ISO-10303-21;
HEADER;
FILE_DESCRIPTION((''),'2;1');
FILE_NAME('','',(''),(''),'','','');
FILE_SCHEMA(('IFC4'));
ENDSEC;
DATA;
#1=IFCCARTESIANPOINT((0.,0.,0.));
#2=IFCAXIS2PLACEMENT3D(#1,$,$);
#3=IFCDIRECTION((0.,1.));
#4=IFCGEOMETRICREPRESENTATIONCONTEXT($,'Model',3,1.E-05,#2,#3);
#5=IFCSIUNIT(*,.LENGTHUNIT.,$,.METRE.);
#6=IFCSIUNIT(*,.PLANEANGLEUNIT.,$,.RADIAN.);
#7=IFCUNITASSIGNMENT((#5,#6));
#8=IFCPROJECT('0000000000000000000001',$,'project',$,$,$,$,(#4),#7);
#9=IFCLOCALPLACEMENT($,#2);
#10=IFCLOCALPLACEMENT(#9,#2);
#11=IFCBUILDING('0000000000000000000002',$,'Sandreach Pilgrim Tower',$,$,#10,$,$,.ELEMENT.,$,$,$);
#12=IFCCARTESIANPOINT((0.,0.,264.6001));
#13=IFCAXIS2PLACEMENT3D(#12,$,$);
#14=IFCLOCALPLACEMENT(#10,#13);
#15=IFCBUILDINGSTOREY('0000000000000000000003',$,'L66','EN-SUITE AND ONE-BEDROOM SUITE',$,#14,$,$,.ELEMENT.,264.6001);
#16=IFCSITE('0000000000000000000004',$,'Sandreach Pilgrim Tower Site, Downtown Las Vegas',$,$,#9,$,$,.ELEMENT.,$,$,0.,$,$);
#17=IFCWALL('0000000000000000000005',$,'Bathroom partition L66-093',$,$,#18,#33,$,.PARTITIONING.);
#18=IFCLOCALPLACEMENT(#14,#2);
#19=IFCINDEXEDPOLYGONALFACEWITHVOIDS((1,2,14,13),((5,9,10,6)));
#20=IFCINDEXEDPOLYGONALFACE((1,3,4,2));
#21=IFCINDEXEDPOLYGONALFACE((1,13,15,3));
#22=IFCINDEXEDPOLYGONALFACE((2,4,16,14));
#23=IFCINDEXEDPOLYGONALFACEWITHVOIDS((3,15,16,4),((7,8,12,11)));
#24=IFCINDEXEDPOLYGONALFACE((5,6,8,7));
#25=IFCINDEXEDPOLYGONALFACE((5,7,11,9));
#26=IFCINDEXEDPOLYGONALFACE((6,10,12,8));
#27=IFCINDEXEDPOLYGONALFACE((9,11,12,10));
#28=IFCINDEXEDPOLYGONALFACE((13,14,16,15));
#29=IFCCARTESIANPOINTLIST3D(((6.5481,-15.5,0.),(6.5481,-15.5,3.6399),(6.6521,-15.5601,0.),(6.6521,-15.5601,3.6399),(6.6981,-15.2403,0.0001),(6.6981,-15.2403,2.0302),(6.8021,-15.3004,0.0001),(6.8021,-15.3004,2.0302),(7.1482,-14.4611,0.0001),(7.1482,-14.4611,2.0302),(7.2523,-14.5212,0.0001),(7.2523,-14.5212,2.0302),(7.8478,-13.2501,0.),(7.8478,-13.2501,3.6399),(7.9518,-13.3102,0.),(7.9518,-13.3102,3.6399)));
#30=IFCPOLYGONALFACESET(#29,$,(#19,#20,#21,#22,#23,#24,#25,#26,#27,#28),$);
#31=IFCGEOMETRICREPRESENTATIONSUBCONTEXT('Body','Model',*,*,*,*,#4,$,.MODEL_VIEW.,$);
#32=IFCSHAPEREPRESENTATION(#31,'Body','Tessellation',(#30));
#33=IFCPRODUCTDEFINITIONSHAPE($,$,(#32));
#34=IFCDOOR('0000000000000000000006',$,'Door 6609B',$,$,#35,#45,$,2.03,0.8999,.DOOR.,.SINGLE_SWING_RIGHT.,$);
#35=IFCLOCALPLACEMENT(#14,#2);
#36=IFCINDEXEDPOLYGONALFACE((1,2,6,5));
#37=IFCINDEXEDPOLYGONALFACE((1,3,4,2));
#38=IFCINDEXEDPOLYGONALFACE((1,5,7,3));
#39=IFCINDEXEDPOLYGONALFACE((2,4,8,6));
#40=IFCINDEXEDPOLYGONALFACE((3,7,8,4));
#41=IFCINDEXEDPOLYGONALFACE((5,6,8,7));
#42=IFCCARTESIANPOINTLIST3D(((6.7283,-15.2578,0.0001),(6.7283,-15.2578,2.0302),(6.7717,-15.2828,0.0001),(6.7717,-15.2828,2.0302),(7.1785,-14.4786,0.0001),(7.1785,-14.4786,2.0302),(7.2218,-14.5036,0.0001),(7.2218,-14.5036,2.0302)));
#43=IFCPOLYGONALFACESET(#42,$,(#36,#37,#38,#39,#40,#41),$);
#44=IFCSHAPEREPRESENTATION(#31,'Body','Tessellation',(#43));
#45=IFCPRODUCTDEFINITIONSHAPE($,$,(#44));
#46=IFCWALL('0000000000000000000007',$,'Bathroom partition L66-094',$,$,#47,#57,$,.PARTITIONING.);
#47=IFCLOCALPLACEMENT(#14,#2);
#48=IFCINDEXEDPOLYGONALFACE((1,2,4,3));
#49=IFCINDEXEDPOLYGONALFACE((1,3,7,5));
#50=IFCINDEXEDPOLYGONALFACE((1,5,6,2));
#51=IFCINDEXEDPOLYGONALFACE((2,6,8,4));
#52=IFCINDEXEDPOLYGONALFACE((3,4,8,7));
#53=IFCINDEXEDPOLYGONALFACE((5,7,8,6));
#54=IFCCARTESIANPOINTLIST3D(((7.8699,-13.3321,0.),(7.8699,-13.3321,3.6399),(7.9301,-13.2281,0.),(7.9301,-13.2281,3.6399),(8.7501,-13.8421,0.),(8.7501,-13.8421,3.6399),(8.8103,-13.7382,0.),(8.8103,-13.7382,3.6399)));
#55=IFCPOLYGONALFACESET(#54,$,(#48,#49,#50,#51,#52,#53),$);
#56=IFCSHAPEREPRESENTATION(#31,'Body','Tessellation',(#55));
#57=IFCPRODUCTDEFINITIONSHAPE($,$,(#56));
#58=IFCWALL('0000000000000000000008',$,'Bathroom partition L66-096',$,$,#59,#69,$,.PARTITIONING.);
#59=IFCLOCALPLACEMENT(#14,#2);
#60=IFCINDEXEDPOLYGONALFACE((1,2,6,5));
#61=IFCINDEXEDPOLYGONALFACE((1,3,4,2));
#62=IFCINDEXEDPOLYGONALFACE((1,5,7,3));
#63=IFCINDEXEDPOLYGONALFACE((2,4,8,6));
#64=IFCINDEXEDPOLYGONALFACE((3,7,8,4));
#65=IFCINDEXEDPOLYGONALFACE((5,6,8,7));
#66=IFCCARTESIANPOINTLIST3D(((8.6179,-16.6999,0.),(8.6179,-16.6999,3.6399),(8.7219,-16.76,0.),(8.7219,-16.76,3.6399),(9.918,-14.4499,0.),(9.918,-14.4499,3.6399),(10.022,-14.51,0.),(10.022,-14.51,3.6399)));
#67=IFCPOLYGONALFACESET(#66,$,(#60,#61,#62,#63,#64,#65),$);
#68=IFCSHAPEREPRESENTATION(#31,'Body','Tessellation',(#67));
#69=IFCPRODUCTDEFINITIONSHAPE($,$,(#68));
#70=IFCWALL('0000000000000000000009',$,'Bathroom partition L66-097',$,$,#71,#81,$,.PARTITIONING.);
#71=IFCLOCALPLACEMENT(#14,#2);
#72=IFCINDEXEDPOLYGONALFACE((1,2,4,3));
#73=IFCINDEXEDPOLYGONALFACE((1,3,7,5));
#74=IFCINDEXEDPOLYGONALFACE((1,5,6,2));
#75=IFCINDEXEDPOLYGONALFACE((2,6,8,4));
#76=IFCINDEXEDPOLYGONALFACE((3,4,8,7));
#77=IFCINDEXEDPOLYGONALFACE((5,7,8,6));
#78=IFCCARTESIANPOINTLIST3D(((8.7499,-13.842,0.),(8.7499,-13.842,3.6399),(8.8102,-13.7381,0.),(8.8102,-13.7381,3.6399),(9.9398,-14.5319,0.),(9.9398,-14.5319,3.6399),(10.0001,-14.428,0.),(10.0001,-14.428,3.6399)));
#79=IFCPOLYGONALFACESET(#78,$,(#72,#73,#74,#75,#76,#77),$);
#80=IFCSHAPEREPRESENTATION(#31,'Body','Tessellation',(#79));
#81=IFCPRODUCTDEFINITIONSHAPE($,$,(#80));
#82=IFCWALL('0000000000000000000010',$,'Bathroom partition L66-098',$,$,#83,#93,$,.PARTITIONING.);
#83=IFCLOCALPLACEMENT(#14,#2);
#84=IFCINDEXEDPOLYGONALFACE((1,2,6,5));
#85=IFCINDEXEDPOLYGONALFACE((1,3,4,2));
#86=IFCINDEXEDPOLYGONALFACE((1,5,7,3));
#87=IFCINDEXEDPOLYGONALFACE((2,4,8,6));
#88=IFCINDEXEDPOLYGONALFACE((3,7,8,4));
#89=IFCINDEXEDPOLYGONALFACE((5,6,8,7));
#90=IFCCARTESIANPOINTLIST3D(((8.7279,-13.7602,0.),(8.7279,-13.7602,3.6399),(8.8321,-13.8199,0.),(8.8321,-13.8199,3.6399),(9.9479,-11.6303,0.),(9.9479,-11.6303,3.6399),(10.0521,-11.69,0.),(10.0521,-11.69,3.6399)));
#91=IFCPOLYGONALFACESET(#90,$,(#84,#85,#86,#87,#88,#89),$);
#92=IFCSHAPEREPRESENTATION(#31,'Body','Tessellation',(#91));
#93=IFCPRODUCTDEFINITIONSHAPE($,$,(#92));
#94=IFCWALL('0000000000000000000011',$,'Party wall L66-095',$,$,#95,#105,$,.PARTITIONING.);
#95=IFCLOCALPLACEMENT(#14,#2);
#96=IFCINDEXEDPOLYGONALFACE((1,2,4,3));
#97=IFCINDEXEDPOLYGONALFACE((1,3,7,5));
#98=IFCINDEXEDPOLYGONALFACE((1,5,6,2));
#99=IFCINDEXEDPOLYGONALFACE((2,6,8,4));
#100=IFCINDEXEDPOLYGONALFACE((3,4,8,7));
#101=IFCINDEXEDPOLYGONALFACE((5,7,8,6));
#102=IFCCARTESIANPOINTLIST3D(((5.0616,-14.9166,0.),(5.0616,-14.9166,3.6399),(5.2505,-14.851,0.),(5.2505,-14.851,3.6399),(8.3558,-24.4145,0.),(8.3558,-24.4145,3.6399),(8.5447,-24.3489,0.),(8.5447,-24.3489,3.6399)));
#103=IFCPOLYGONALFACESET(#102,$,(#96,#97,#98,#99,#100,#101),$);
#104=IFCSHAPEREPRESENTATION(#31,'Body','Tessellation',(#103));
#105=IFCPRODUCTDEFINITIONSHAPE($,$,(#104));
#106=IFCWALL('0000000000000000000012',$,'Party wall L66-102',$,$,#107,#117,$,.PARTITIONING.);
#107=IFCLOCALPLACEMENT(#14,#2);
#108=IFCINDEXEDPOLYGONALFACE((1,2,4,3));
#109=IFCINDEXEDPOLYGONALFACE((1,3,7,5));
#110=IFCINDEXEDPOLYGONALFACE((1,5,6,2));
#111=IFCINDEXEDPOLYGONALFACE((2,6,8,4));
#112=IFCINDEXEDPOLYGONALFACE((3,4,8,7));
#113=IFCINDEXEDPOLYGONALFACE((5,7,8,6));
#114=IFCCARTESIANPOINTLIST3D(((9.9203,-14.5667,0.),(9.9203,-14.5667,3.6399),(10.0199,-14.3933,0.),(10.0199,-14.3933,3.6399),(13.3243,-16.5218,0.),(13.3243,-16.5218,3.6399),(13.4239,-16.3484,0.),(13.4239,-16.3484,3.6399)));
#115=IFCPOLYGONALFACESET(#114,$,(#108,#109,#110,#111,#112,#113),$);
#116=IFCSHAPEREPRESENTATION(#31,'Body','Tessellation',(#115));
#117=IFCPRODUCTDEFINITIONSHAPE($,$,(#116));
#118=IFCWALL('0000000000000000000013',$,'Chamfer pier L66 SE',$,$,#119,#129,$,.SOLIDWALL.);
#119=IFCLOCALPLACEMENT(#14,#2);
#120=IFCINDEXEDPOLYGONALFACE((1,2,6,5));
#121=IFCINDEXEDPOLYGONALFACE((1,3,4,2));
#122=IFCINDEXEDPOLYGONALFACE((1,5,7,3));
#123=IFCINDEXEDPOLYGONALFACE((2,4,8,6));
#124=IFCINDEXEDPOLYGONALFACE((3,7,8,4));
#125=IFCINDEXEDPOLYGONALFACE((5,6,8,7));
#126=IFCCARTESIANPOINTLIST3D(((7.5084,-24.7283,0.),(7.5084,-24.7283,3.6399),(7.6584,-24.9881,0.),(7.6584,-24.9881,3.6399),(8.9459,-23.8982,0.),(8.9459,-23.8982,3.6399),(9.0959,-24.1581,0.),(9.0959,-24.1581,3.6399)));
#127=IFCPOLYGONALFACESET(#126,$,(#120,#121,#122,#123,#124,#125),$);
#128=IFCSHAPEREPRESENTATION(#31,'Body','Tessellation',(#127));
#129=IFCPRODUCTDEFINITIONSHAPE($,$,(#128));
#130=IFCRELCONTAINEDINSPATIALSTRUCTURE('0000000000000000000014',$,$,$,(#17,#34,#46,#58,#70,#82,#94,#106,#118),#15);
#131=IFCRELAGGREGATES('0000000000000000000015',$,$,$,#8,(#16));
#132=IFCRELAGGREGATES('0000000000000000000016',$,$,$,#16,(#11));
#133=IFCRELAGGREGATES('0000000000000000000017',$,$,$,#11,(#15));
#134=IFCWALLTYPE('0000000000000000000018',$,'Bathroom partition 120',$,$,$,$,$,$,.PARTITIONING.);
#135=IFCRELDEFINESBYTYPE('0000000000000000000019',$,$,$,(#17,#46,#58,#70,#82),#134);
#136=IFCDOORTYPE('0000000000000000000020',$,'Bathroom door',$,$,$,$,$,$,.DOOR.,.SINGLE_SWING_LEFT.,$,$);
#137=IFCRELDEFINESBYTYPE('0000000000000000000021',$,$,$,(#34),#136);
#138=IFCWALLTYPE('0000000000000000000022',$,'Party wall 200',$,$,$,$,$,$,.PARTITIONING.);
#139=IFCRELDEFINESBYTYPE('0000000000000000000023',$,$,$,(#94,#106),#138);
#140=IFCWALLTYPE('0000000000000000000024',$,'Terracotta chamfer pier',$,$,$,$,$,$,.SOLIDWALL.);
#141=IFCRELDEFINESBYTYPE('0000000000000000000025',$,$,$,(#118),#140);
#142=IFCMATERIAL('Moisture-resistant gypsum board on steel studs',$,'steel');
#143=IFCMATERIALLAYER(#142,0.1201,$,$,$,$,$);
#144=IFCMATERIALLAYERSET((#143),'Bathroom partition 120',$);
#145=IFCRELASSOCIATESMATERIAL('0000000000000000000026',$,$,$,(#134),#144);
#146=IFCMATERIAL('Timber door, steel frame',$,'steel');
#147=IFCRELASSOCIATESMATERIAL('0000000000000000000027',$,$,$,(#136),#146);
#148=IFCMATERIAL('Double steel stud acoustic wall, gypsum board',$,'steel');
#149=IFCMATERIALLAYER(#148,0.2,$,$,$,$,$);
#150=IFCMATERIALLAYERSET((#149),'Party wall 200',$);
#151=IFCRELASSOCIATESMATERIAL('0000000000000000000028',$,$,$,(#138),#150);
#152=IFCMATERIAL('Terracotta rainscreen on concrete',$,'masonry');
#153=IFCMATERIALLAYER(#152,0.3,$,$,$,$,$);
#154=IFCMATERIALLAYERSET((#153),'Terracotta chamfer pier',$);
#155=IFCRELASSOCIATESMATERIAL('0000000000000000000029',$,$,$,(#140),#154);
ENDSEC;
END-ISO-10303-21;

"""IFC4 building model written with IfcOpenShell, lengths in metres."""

from ifc_helpers import new_model, si_unit, direction, frame, frame_2d, origin, place, context, subcontext, project, spatial, rectangle, extrude, material, layer, layer_set, type_object, element, fill, save


model = new_model("IFC4")

# Units and contexts
model_context = context("Model", 3, precision=1e-05, world=origin(), true_north=direction((0.0, 1.0)))
body_context = subcontext(model_context, "Body", "Model", "MODEL_VIEW")
ifc_project = project(units=[si_unit("LENGTHUNIT", "METRE"), si_unit("PLANEANGLEUNIT", "RADIAN")], contexts=[model_context])

# Site, building, storey
site_placement = place(None, origin())
site = spatial("IfcSite", under=ifc_project, at=site_placement, Name="Sandreach Pilgrim Tower Site, Downtown Las Vegas", CompositionType="ELEMENT", RefElevation=0.0)
building_placement = place(site_placement, origin())
building = spatial("IfcBuilding", under=site, at=building_placement, Name="Sandreach Pilgrim Tower", CompositionType="ELEMENT")
storey_placement = place(building_placement, frame((0.0, 0.0, 264.6001)))
storey = spatial("IfcBuildingStorey", under=building, at=storey_placement, Name="L66", Description="EN-SUITE AND ONE-BEDROOM SUITE", CompositionType="ELEMENT", Elevation=264.6001)

# Wall, opening, door
ifc_material_1 = material(Name="Moisture-resistant gypsum board on steel studs", Category="steel")
ifc_layer_1 = layer(ifc_material_1, 0.1201)
ifc_layer_set_1 = layer_set([ifc_layer_1], Name="Bathroom partition 120")
wall_type_1 = type_object("IfcWallType", Name="Bathroom partition 120", PredefinedType="PARTITIONING", material=ifc_layer_set_1)
wall_1_placement = place(storey_placement, frame((7.8999, -13.28, 0.0), z_axis=(0.0, 0.0, 1.0), x_axis=(-0.500221, -0.865898, 0.0)))
wall_1 = element("IfcWall", 1, at=wall_1_placement, inside=storey, type_object=wall_type_1, Name="Bathroom partition L66-093", PredefinedType="PARTITIONING", context=body_context, shape_type="SweptSolid", body=[
    extrude(rectangle(XDim=2.5984, YDim=0.1201, at=frame_2d((1.2993, 0.0))), origin(), (0.0, 0.0, 1.0), 3.6399),
])
opening_placement = place(wall_1_placement, frame((1.3987, 0.0, 0.0)))
opening = element("IfcOpeningElement", 2, at=opening_placement, cuts=wall_1, PredefinedType="OPENING", context=body_context, shape_type="SweptSolid", body=[
    extrude(rectangle(XDim=0.8999, YDim=2.03, at=frame_2d((0.45, 1.0151))), frame((0.0, 0.0601, 0.0), z_axis=(0.0, -1.0, 0.0), x_axis=(1.0, 0.0, 0.0)), (0.0, 0.0, 1.0), 0.1201),
])
ifc_material_2 = material(Name="Timber door, steel frame", Category="steel")
door_type = type_object("IfcDoorType", Name="Bathroom door", OperationType="SINGLE_SWING_LEFT", PredefinedType="DOOR", material=ifc_material_2)
door_placement = place(opening_placement, origin())
door = element("IfcDoor", 3, at=door_placement, inside=storey, type_object=door_type, Name="Door 6609B", OperationType="SINGLE_SWING_RIGHT", OverallHeight=2.03, OverallWidth=0.8999, PredefinedType="DOOR", context=body_context, shape_type="SweptSolid", body=[
    extrude(rectangle(XDim=0.8999, YDim=2.03, at=frame_2d((0.45, 1.0151))), frame((0.0, 0.0249, 0.0), z_axis=(0.0, -1.0, 0.0), x_axis=(1.0, 0.0, 0.0)), (0.0, 0.0, 1.0), 0.05),
])
fill(opening, door)

# Walls
wall_2_placement = place(storey_placement, frame((7.8999, -13.28, 0.0), z_axis=(0.0, 0.0, 1.0), x_axis=(0.865229, -0.501377, 0.0)))
element("IfcWall", 4, at=wall_2_placement, inside=storey, type_object=wall_type_1, Name="Bathroom partition L66-094", PredefinedType="PARTITIONING", context=body_context, shape_type="SweptSolid", body=[
    extrude(rectangle(XDim=1.0173, YDim=0.1201, at=frame_2d((0.5088, 0.0))), origin(), (0.0, 0.0, 1.0), 3.6399),
])
wall_3_placement = place(storey_placement, frame((8.6699, -16.73, 0.0), z_axis=(0.0, 0.0, 1.0), x_axis=(0.500292, 0.865857, 0.0)))
element("IfcWall", 5, at=wall_3_placement, inside=storey, type_object=wall_type_1, Name="Bathroom partition L66-096", PredefinedType="PARTITIONING", context=body_context, shape_type="SweptSolid", body=[
    extrude(rectangle(XDim=2.5986, YDim=0.1201, at=frame_2d((1.2993, 0.0))), origin(), (0.0, 0.0, 1.0), 3.6399),
])
wall_4_placement = place(storey_placement, frame((8.78, -13.79, 0.0), z_axis=(0.0, 0.0, 1.0), x_axis=(0.865102, -0.501596, 0.0)))
element("IfcWall", 6, at=wall_4_placement, inside=storey, type_object=wall_type_1, Name="Bathroom partition L66-097", PredefinedType="PARTITIONING", context=body_context, shape_type="SweptSolid", body=[
    extrude(rectangle(XDim=1.3755, YDim=0.1201, at=frame_2d((0.6877, 0.0))), origin(), (0.0, 0.0, 1.0), 3.6399),
])
wall_5_placement = place(storey_placement, frame((8.78, -13.79, 0.0), z_axis=(0.0, 0.0, 1.0), x_axis=(0.497028, 0.867735, 0.0)))
element("IfcWall", 7, at=wall_5_placement, inside=storey, type_object=wall_type_1, Name="Bathroom partition L66-098", PredefinedType="PARTITIONING", context=body_context, shape_type="SweptSolid", body=[
    extrude(rectangle(XDim=2.4546, YDim=0.1201, at=frame_2d((1.2273, 0.0))), origin(), (0.0, 0.0, 1.0), 3.6399),
])
ifc_material_3 = material(Name="Double steel stud acoustic wall, gypsum board", Category="steel")
ifc_layer_2 = layer(ifc_material_3, 0.2)
ifc_layer_set_2 = layer_set([ifc_layer_2], Name="Party wall 200")
wall_type_2 = type_object("IfcWallType", Name="Party wall 200", PredefinedType="PARTITIONING", material=ifc_layer_set_2)
wall_6_placement = place(storey_placement, frame((8.4502, -24.3816, 0.0), z_axis=(0.0, 0.0, 1.0), x_axis=(-0.327687, 0.944786, 0.0)))
element("IfcWall", 8, at=wall_6_placement, inside=storey, type_object=wall_type_2, Name="Party wall L66-095", PredefinedType="PARTITIONING", context=body_context, shape_type="SweptSolid", body=[
    extrude(rectangle(XDim=10.053, YDim=0.2, at=frame_2d((5.0264, 0.0))), origin(), (0.0, 0.0, 1.0), 3.6399),
])
wall_7_placement = place(storey_placement, frame((9.97, -14.48, 0.0), z_axis=(0.0, 0.0, 1.0), x_axis=(0.867154, -0.49804, 0.0)))
element("IfcWall", 9, at=wall_7_placement, inside=storey, type_object=wall_type_2, Name="Party wall L66-102", PredefinedType="PARTITIONING", context=body_context, shape_type="SweptSolid", body=[
    extrude(rectangle(XDim=3.9255, YDim=0.2, at=frame_2d((1.9629, 0.0))), origin(), (0.0, 0.0, 1.0), 3.6399),
])
ifc_material_4 = material(Name="Terracotta rainscreen on concrete", Category="masonry")
ifc_layer_3 = layer(ifc_material_4, 0.3)
ifc_layer_set_3 = layer_set([ifc_layer_3], Name="Terracotta chamfer pier")
wall_type_3 = type_object("IfcWallType", Name="Terracotta chamfer pier", PredefinedType="SOLIDWALL", material=ifc_layer_set_3)
wall_8_placement = place(storey_placement, frame((9.021, -24.0281, 0.0), z_axis=(0.0, 0.0, 1.0), x_axis=(-0.86599, -0.500062, 0.0)))
element("IfcWall", 10, at=wall_8_placement, inside=storey, type_object=wall_type_3, Name="Chamfer pier L66 SE", PredefinedType="SOLIDWALL", context=body_context, shape_type="SweptSolid", body=[
    extrude(rectangle(XDim=1.6599, YDim=0.3, at=frame_2d((0.8301, 0.0))), origin(), (0.0, 0.0, 1.0), 3.6399),
])

save(model, "model.ifc")
